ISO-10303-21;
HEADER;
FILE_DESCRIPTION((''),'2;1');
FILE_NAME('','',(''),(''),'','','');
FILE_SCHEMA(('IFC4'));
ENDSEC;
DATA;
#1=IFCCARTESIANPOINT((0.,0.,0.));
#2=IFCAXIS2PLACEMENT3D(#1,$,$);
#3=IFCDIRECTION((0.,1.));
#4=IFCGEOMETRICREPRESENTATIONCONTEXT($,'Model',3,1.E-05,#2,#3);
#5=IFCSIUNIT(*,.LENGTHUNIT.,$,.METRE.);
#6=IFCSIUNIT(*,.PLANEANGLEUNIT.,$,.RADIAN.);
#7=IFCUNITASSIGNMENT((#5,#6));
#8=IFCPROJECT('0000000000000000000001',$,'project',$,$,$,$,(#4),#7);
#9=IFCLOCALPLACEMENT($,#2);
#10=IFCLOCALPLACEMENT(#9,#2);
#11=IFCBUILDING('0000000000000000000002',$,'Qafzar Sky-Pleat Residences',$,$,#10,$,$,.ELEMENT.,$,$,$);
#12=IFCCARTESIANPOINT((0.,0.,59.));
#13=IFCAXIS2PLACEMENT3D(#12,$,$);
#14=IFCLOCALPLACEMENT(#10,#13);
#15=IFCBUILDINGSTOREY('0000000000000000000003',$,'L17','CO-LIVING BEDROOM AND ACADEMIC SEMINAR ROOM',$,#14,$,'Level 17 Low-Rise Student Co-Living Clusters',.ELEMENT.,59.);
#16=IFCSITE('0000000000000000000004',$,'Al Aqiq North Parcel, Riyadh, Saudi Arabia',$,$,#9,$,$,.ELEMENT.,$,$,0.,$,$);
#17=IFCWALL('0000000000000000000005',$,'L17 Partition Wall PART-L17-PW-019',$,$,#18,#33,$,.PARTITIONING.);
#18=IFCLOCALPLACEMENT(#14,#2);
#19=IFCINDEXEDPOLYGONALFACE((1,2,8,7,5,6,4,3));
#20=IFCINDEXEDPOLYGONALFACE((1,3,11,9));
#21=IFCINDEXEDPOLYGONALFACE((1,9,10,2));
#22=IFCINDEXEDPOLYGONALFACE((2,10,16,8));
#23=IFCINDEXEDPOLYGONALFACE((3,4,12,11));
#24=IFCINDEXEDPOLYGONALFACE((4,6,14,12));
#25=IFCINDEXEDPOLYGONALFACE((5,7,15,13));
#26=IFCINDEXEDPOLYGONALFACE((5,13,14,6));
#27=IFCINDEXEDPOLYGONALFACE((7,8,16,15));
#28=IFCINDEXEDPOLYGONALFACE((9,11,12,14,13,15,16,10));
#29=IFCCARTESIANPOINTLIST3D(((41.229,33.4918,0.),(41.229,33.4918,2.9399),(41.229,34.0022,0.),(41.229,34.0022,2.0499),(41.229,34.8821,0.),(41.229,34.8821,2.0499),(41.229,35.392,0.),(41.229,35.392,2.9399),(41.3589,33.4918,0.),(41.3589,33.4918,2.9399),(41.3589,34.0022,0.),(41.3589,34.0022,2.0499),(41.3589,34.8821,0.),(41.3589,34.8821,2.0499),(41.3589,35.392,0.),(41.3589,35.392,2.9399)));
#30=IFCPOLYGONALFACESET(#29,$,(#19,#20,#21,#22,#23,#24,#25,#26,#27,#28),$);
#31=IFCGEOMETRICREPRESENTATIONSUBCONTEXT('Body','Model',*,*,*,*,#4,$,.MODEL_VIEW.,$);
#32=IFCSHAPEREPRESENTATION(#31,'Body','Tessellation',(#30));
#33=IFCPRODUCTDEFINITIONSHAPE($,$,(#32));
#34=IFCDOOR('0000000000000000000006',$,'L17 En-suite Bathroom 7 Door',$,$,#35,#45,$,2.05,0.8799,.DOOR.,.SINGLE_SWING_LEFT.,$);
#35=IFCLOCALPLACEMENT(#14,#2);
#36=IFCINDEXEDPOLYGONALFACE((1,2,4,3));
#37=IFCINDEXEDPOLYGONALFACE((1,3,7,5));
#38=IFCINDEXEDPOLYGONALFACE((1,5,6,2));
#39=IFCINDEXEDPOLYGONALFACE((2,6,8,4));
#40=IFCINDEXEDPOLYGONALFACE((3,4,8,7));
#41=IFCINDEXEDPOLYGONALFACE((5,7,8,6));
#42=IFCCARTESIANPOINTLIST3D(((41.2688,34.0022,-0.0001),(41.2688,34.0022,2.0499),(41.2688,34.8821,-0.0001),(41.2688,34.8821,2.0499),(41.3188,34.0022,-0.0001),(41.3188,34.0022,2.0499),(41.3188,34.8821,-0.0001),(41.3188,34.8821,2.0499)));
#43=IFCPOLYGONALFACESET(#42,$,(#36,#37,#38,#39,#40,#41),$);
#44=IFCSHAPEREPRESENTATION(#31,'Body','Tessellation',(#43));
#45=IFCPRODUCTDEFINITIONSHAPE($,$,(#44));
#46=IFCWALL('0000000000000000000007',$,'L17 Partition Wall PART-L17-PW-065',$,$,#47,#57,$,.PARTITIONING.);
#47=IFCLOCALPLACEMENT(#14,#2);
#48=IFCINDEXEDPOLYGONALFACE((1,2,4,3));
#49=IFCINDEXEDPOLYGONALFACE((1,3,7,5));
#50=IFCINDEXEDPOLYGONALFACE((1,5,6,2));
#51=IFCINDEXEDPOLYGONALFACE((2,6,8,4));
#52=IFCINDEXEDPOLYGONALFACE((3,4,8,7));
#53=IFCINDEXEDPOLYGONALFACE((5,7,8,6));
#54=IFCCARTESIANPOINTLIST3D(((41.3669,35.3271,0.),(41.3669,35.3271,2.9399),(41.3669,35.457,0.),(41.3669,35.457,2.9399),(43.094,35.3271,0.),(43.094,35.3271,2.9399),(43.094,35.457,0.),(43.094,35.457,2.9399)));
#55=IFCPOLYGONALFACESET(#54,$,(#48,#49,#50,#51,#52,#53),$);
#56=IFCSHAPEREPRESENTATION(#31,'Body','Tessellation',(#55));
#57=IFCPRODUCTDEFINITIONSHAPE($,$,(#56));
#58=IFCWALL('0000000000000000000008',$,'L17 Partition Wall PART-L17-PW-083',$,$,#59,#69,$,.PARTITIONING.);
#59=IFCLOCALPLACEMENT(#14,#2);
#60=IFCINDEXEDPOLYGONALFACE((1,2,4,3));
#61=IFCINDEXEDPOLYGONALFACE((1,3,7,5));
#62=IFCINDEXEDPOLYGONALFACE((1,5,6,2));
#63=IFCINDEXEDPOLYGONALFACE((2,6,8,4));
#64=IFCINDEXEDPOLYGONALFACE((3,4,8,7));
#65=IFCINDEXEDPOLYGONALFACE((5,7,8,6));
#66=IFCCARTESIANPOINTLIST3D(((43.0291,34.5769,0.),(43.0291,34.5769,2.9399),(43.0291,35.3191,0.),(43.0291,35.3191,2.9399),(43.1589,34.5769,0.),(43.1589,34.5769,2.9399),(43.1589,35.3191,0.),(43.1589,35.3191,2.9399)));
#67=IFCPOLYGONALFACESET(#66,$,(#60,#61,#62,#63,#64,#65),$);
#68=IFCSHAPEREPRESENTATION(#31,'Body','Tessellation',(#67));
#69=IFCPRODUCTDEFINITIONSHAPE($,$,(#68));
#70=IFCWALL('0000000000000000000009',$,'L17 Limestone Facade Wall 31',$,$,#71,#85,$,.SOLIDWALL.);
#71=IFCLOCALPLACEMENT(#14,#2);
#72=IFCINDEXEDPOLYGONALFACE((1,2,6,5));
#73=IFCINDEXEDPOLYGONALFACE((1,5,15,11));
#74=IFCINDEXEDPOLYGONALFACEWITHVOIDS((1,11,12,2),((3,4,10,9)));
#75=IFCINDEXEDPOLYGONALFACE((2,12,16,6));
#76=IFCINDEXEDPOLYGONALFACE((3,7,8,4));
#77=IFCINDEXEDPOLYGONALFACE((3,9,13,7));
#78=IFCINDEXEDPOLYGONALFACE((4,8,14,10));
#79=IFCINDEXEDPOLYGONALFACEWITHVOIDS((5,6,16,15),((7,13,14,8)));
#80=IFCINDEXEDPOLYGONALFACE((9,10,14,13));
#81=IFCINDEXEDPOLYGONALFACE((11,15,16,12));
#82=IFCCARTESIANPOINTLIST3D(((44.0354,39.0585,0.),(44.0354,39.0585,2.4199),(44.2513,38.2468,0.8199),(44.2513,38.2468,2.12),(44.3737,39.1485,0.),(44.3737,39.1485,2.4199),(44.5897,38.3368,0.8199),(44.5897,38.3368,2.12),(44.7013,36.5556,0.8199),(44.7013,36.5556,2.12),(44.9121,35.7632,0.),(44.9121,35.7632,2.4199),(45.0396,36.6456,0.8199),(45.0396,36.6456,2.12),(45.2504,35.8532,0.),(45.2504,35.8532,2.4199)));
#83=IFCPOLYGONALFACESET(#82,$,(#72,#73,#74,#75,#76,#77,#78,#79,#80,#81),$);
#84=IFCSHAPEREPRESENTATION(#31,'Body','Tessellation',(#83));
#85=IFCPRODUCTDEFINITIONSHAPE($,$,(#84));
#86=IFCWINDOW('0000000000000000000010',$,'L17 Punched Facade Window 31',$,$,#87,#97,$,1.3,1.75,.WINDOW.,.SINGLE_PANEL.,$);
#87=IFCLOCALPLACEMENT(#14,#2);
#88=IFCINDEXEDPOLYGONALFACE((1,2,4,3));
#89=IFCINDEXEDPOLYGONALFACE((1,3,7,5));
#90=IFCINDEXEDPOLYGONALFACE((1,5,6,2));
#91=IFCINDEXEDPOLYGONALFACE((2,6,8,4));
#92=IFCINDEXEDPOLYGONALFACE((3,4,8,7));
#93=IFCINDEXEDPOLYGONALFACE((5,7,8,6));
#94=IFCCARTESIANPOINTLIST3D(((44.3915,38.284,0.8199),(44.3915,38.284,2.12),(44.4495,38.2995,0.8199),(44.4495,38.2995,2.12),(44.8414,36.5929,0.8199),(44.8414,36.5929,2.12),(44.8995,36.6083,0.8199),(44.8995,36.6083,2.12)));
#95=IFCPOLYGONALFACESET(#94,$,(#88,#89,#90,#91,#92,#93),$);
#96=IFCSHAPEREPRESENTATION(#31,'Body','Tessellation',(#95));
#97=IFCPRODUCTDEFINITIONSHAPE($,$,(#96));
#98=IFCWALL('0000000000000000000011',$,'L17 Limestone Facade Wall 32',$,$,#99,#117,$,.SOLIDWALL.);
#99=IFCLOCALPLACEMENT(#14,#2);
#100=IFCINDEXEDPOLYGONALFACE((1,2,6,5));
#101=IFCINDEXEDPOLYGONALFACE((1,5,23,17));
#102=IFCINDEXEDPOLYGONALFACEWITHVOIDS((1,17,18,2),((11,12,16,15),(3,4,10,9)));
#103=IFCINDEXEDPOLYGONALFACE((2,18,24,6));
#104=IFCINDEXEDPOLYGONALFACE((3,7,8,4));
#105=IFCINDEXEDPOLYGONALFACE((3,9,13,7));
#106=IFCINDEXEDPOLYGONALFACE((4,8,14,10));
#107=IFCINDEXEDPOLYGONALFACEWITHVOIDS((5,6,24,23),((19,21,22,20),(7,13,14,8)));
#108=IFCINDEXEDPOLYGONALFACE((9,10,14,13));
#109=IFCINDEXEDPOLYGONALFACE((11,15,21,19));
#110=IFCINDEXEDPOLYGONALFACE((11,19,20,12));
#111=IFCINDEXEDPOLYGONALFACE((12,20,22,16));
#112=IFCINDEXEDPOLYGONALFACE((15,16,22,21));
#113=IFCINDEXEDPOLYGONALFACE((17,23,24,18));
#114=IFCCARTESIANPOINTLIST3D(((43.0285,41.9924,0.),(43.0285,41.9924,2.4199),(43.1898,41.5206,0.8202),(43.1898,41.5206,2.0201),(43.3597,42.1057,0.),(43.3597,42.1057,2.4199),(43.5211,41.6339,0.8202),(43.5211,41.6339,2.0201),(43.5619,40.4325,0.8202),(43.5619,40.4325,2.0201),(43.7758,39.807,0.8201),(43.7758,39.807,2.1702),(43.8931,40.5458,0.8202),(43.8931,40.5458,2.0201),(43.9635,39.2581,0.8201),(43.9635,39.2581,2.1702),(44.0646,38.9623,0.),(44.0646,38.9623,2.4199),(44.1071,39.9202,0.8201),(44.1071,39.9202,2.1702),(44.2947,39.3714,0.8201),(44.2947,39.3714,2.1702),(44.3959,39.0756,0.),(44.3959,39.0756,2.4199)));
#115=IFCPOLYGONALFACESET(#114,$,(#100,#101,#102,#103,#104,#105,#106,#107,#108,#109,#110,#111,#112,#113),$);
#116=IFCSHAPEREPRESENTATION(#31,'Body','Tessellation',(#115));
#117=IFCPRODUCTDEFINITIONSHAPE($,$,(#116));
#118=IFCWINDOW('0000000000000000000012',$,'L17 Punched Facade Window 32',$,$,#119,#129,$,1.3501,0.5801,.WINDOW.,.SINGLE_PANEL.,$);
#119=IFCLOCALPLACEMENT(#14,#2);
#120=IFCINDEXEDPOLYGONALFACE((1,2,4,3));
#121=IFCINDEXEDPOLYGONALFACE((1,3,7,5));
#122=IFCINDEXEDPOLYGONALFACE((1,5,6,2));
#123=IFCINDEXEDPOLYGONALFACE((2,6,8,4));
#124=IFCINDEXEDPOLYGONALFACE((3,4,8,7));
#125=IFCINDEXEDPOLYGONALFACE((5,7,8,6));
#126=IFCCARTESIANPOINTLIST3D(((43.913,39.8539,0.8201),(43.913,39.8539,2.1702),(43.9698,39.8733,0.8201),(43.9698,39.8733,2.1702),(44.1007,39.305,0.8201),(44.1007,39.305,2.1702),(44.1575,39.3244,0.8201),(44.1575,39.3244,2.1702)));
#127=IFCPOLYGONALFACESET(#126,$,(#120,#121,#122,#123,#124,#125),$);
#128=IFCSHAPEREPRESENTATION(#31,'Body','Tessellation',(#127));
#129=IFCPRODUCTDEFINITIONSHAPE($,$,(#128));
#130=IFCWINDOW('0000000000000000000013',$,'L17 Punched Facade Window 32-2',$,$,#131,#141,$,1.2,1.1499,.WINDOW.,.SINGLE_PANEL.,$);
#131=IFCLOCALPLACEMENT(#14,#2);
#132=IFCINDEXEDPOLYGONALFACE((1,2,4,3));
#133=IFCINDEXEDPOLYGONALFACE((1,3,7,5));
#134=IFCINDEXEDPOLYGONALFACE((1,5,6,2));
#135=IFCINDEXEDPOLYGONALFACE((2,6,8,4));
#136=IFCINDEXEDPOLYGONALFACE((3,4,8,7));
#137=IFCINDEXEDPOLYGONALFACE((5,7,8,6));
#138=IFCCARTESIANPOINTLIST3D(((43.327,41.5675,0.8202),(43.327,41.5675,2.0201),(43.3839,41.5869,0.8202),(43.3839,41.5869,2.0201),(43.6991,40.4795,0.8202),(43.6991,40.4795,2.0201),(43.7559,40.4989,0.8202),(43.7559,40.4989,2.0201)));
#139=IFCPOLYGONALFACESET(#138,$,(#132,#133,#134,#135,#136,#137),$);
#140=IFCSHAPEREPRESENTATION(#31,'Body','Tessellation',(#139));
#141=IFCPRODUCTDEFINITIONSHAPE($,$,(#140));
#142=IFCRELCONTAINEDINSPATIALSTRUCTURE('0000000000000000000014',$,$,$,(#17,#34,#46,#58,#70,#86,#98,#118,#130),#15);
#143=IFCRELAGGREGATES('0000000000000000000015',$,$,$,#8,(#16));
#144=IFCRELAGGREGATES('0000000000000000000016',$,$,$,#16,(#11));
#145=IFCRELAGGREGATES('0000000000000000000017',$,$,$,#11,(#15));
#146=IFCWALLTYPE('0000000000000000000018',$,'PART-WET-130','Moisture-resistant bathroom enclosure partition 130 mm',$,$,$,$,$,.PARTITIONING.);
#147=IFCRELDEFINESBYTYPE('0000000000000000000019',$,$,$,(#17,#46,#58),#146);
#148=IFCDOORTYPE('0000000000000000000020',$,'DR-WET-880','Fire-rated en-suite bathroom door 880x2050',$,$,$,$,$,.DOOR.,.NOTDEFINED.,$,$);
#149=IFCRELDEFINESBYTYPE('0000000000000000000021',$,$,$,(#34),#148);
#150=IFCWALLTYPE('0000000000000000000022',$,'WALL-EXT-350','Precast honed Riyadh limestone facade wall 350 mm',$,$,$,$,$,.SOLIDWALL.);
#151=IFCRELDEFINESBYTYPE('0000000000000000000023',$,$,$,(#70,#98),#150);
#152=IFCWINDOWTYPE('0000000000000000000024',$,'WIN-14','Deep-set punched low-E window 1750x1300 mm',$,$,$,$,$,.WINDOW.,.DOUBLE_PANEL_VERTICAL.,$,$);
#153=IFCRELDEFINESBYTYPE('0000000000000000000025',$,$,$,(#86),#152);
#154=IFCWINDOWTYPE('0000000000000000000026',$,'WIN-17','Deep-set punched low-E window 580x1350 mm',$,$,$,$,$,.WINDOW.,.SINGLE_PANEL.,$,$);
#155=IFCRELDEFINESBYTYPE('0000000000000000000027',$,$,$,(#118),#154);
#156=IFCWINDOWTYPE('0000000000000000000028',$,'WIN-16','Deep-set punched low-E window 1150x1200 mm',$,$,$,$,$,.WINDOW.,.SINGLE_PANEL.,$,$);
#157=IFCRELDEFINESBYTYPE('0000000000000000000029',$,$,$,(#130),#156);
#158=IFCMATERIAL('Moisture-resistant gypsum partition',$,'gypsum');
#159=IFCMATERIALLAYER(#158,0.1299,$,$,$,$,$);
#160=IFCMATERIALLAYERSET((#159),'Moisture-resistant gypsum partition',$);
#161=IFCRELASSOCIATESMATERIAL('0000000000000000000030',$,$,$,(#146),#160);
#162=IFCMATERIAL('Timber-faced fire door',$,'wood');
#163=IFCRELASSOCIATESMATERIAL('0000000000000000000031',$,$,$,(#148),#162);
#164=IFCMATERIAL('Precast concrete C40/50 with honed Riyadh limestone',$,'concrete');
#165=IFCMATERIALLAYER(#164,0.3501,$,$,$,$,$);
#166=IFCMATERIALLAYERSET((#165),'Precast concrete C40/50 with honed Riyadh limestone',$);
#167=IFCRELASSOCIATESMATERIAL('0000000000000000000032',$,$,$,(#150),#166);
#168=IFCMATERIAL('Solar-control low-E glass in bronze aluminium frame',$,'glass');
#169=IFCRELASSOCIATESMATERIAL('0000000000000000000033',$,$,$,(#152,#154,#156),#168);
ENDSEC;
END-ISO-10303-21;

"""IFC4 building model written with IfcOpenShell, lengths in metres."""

from ifc_helpers import new_model, si_unit, direction, frame, frame_2d, origin, place, context, subcontext, project, spatial, rectangle, extrude, source, transform, mapped, material, layer, layer_set, type_object, element, fill, save


model = new_model("IFC4")

# Units and contexts
model_context = context("Model", 3, precision=1e-05, world=origin(), true_north=direction((0.0, 1.0)))
body_context = subcontext(model_context, "Body", "Model", "MODEL_VIEW")
ifc_project = project(units=[si_unit("LENGTHUNIT", "METRE"), si_unit("PLANEANGLEUNIT", "RADIAN")], contexts=[model_context])

# Site, building, storey
site_placement = place(None, origin())
site = spatial("IfcSite", under=ifc_project, at=site_placement, Name="Al Aqiq North Parcel, Riyadh, Saudi Arabia", CompositionType="ELEMENT", RefElevation=0.0)
building_placement = place(site_placement, origin())
building = spatial("IfcBuilding", under=site, at=building_placement, Name="Qafzar Sky-Pleat Residences", CompositionType="ELEMENT")
storey_placement = place(building_placement, frame((0.0, 0.0, 59.0)))
storey = spatial("IfcBuildingStorey", under=building, at=storey_placement, Name="L17", Description="CO-LIVING BEDROOM AND ACADEMIC SEMINAR ROOM", LongName="Level 17 Low-Rise Student Co-Living Clusters", CompositionType="ELEMENT", Elevation=59.0)

# Wall, opening, door
ifc_material_1 = material(Name="Moisture-resistant gypsum partition", Category="gypsum")
ifc_layer_1 = layer(ifc_material_1, 0.1299)
ifc_layer_set_1 = layer_set([ifc_layer_1], Name="Moisture-resistant gypsum partition")
wall_type_1 = type_object("IfcWallType", Name="PART-WET-130", Description="Moisture-resistant bathroom enclosure partition 130 mm", PredefinedType="PARTITIONING", material=ifc_layer_set_1)
wall_1_placement = place(storey_placement, frame((41.2939, 35.3921, 0.0), z_axis=(0.0, 0.0, 1.0), x_axis=(0.0, -1.0, 0.0)))
wall_1 = element("IfcWall", 1, at=wall_1_placement, inside=storey, type_object=wall_type_1, Name="L17 Partition Wall PART-L17-PW-019", PredefinedType="PARTITIONING", context=body_context, shape_type="SweptSolid", body=[
    extrude(rectangle(XDim=1.9001, YDim=0.1299, at=frame_2d((0.9502, 0.0))), origin(), (0.0, 0.0, 1.0), 2.9399),
])
opening_1_placement = place(wall_1_placement, frame((0.51, 0.0, 0.0)))
opening_1 = element("IfcOpeningElement", 2, at=opening_1_placement, cuts=wall_1, PredefinedType="OPENING", context=body_context, shape_type="SweptSolid", body=[
    extrude(rectangle(XDim=0.8799, YDim=2.05, at=frame_2d((0.4399, 1.0249))), frame((0.0, 0.075, 0.0), z_axis=(0.0, -1.0, 0.0), x_axis=(1.0, 0.0, 0.0)), (0.0, 0.0, 1.0), 0.1499),
])
ifc_material_2 = material(Name="Timber-faced fire door", Category="wood")
door_type = type_object("IfcDoorType", Name="DR-WET-880", Description="Fire-rated en-suite bathroom door 880x2050", OperationType="NOTDEFINED", PredefinedType="DOOR", material=ifc_material_2)
shared_shape_1 = source(origin(), body_context, "Body", "SweptSolid", [
    extrude(rectangle(XDim=0.8799, YDim=2.05, at=frame_2d((0.4399, 1.0249))), frame((0.0, 0.0249, 0.0), z_axis=(0.0, -1.0, 0.0), x_axis=(1.0, 0.0, 0.0)), (0.0, 0.0, 1.0), 0.05),
])
door_placement = place(opening_1_placement, origin())
door = element("IfcDoor", 3, at=door_placement, inside=storey, type_object=door_type, Name="L17 En-suite Bathroom 7 Door", OperationType="SINGLE_SWING_LEFT", OverallHeight=2.05, OverallWidth=0.8799, PredefinedType="DOOR", context=body_context, shape_type="MappedRepresentation", body=[
    mapped(shared_shape_1, transform((0.0, 0.0, 0.0), x_axis=(1.0, 0.0, 0.0), y_axis=(0.0, 1.0, 0.0), z_axis=(0.0, 0.0, 1.0), scale=1.0)),
])
fill(opening_1, door)

# Walls
wall_2_placement = place(storey_placement, frame((41.3669, 35.3921, 0.0), z_axis=(0.0, 0.0, 1.0), x_axis=(1.0, 0.0, 0.0)))
element("IfcWall", 4, at=wall_2_placement, inside=storey, type_object=wall_type_1, Name="L17 Partition Wall PART-L17-PW-065", PredefinedType="PARTITIONING", context=body_context, shape_type="SweptSolid", body=[
    extrude(rectangle(XDim=1.7271, YDim=0.1299, at=frame_2d((0.8635, 0.0))), origin(), (0.0, 0.0, 1.0), 2.9399),
])
wall_3_placement = place(storey_placement, frame((43.094, 34.5769, 0.0), z_axis=(0.0, 0.0, 1.0), x_axis=(0.0, 1.0, 0.0)))
element("IfcWall", 5, at=wall_3_placement, inside=storey, type_object=wall_type_1, Name="L17 Partition Wall PART-L17-PW-083", PredefinedType="PARTITIONING", context=body_context, shape_type="SweptSolid", body=[
    extrude(rectangle(XDim=0.7422, YDim=0.1299, at=frame_2d((0.3711, 0.0))), origin(), (0.0, 0.0, 1.0), 2.9399),
])

# Wall, opening, window
ifc_material_3 = material(Name="Precast concrete C40/50 with honed Riyadh limestone", Category="concrete")
ifc_layer_2 = layer(ifc_material_3, 0.3501)
ifc_layer_set_2 = layer_set([ifc_layer_2], Name="Precast concrete C40/50 with honed Riyadh limestone")
wall_type_2 = type_object("IfcWallType", Name="WALL-EXT-350", Description="Precast honed Riyadh limestone facade wall 350 mm", PredefinedType="SOLIDWALL", material=ifc_layer_set_2)
wall_4_placement = place(storey_placement, frame((45.0813, 35.8081, 0.0), z_axis=(0.0, 0.0, 1.0), x_axis=(-0.257114, 0.966381, 0.0)))
wall_4 = element("IfcWall", 6, at=wall_4_placement, inside=storey, type_object=wall_type_2, Name="L17 Limestone Facade Wall 31", PredefinedType="SOLIDWALL", context=body_context, shape_type="SweptSolid", body=[
    extrude(rectangle(XDim=3.4099, YDim=0.3501, at=frame_2d((1.7051, 0.0))), origin(), (0.0, 0.0, 1.0), 2.4199),
])
opening_2_placement = place(wall_4_placement, frame((0.8201, 0.0, 0.8201)))
opening_2 = element("IfcOpeningElement", 7, at=opening_2_placement, cuts=wall_4, PredefinedType="OPENING", context=body_context, shape_type="SweptSolid", body=[
    extrude(rectangle(XDim=1.75, YDim=1.3, at=frame_2d((0.875, 0.6499))), frame((0.0, 0.1851, 0.0), z_axis=(0.0, -1.0, 0.0), x_axis=(1.0, 0.0, 0.0)), (0.0, 0.0, 1.0), 0.3701),
])
ifc_material_4 = material(Name="Solar-control low-E glass in bronze aluminium frame", Category="glass")
window_type_1 = type_object("IfcWindowType", Name="WIN-14", Description="Deep-set punched low-E window 1750x1300 mm", PartitioningType="DOUBLE_PANEL_VERTICAL", PredefinedType="WINDOW", material=ifc_material_4)
shared_shape_2 = source(origin(), body_context, "Body", "SweptSolid", [
    extrude(rectangle(XDim=1.75, YDim=1.3, at=frame_2d((0.875, 0.6499))), frame((0.0, 0.03, 0.0), z_axis=(0.0, -1.0, 0.0), x_axis=(1.0, 0.0, 0.0)), (0.0, 0.0, 1.0), 0.0601),
])
window_1_placement = place(opening_2_placement, origin())
window_1 = element("IfcWindow", 8, at=window_1_placement, inside=storey, type_object=window_type_1, Name="L17 Punched Facade Window 31", OverallHeight=1.3, OverallWidth=1.75, PartitioningType="SINGLE_PANEL", PredefinedType="WINDOW", context=body_context, shape_type="MappedRepresentation", body=[
    mapped(shared_shape_2, transform((0.0, 0.0, 0.0), x_axis=(1.0, 0.0, 0.0), y_axis=(0.0, 1.0, 0.0), z_axis=(0.0, 0.0, 1.0), scale=1.0)),
])
fill(opening_2, window_1)

# Wall, openings, windows
wall_5_placement = place(storey_placement, frame((44.2302, 39.019, 0.0), z_axis=(0.0, 0.0, 1.0), x_axis=(-0.32356, 0.946208, 0.0)))
wall_5 = element("IfcWall", 9, at=wall_5_placement, inside=storey, type_object=wall_type_2, Name="L17 Limestone Facade Wall 32", PredefinedType="SOLIDWALL", context=body_context, shape_type="SweptSolid", body=[
    extrude(rectangle(XDim=3.2024, YDim=0.3501, at=frame_2d((1.6011, 0.0))), origin(), (0.0, 0.0, 1.0), 2.4199),
])
opening_3_placement = place(wall_5_placement, frame((0.3125, 0.0, 0.8201)))
opening_3 = element("IfcOpeningElement", 10, at=opening_3_placement, cuts=wall_5, PredefinedType="OPENING", context=body_context, shape_type="SweptSolid", body=[
    extrude(rectangle(XDim=0.5801, YDim=1.3501, at=frame_2d((0.29, 0.675))), frame((0.0, 0.1851, 0.0), z_axis=(0.0, -1.0, 0.0), x_axis=(1.0, 0.0, 0.0)), (0.0, 0.0, 1.0), 0.3701),
])
opening_4_placement = place(wall_5_placement, frame((1.5537, 0.0, 0.8201)))
opening_4 = element("IfcOpeningElement", 11, at=opening_4_placement, cuts=wall_5, PredefinedType="OPENING", context=body_context, shape_type="SweptSolid", body=[
    extrude(rectangle(XDim=1.1499, YDim=1.2, at=frame_2d((0.575, 0.6001))), frame((0.0, 0.1851, 0.0), z_axis=(0.0, -1.0, 0.0), x_axis=(1.0, 0.0, 0.0)), (0.0, 0.0, 1.0), 0.3701),
])
window_type_2 = type_object("IfcWindowType", Name="WIN-17", Description="Deep-set punched low-E window 580x1350 mm", PartitioningType="SINGLE_PANEL", PredefinedType="WINDOW", material=ifc_material_4)
shared_shape_3 = source(origin(), body_context, "Body", "SweptSolid", [
    extrude(rectangle(XDim=0.5801, YDim=1.3501, at=frame_2d((0.29, 0.675))), frame((0.0, 0.03, 0.0), z_axis=(0.0, -1.0, 0.0), x_axis=(1.0, 0.0, 0.0)), (0.0, 0.0, 1.0), 0.0601),
])
window_2_placement = place(opening_3_placement, origin())
window_2 = element("IfcWindow", 12, at=window_2_placement, inside=storey, type_object=window_type_2, Name="L17 Punched Facade Window 32", OverallHeight=1.3501, OverallWidth=0.5801, PartitioningType="SINGLE_PANEL", PredefinedType="WINDOW", context=body_context, shape_type="MappedRepresentation", body=[
    mapped(shared_shape_3, transform((0.0, 0.0, 0.0), x_axis=(1.0, 0.0, 0.0), y_axis=(0.0, 1.0, 0.0), z_axis=(0.0, 0.0, 1.0), scale=1.0)),
])
fill(opening_3, window_2)
window_type_3 = type_object("IfcWindowType", Name="WIN-16", Description="Deep-set punched low-E window 1150x1200 mm", PartitioningType="SINGLE_PANEL", PredefinedType="WINDOW", material=ifc_material_4)
shared_shape_4 = source(origin(), body_context, "Body", "SweptSolid", [
    extrude(rectangle(XDim=1.1499, YDim=1.2, at=frame_2d((0.575, 0.6001))), frame((0.0, 0.03, 0.0), z_axis=(0.0, -1.0, 0.0), x_axis=(1.0, 0.0, 0.0)), (0.0, 0.0, 1.0), 0.0601),
])
window_3_placement = place(opening_4_placement, origin())
window_3 = element("IfcWindow", 13, at=window_3_placement, inside=storey, type_object=window_type_3, Name="L17 Punched Facade Window 32-2", OverallHeight=1.2, OverallWidth=1.1499, PartitioningType="SINGLE_PANEL", PredefinedType="WINDOW", context=body_context, shape_type="MappedRepresentation", body=[
    mapped(shared_shape_4, transform((0.0, 0.0, 0.0), x_axis=(1.0, 0.0, 0.0), y_axis=(0.0, 1.0, 0.0), z_axis=(0.0, 0.0, 1.0), scale=1.0)),
])
fill(opening_4, window_3)

save(model, "model.ifc")
